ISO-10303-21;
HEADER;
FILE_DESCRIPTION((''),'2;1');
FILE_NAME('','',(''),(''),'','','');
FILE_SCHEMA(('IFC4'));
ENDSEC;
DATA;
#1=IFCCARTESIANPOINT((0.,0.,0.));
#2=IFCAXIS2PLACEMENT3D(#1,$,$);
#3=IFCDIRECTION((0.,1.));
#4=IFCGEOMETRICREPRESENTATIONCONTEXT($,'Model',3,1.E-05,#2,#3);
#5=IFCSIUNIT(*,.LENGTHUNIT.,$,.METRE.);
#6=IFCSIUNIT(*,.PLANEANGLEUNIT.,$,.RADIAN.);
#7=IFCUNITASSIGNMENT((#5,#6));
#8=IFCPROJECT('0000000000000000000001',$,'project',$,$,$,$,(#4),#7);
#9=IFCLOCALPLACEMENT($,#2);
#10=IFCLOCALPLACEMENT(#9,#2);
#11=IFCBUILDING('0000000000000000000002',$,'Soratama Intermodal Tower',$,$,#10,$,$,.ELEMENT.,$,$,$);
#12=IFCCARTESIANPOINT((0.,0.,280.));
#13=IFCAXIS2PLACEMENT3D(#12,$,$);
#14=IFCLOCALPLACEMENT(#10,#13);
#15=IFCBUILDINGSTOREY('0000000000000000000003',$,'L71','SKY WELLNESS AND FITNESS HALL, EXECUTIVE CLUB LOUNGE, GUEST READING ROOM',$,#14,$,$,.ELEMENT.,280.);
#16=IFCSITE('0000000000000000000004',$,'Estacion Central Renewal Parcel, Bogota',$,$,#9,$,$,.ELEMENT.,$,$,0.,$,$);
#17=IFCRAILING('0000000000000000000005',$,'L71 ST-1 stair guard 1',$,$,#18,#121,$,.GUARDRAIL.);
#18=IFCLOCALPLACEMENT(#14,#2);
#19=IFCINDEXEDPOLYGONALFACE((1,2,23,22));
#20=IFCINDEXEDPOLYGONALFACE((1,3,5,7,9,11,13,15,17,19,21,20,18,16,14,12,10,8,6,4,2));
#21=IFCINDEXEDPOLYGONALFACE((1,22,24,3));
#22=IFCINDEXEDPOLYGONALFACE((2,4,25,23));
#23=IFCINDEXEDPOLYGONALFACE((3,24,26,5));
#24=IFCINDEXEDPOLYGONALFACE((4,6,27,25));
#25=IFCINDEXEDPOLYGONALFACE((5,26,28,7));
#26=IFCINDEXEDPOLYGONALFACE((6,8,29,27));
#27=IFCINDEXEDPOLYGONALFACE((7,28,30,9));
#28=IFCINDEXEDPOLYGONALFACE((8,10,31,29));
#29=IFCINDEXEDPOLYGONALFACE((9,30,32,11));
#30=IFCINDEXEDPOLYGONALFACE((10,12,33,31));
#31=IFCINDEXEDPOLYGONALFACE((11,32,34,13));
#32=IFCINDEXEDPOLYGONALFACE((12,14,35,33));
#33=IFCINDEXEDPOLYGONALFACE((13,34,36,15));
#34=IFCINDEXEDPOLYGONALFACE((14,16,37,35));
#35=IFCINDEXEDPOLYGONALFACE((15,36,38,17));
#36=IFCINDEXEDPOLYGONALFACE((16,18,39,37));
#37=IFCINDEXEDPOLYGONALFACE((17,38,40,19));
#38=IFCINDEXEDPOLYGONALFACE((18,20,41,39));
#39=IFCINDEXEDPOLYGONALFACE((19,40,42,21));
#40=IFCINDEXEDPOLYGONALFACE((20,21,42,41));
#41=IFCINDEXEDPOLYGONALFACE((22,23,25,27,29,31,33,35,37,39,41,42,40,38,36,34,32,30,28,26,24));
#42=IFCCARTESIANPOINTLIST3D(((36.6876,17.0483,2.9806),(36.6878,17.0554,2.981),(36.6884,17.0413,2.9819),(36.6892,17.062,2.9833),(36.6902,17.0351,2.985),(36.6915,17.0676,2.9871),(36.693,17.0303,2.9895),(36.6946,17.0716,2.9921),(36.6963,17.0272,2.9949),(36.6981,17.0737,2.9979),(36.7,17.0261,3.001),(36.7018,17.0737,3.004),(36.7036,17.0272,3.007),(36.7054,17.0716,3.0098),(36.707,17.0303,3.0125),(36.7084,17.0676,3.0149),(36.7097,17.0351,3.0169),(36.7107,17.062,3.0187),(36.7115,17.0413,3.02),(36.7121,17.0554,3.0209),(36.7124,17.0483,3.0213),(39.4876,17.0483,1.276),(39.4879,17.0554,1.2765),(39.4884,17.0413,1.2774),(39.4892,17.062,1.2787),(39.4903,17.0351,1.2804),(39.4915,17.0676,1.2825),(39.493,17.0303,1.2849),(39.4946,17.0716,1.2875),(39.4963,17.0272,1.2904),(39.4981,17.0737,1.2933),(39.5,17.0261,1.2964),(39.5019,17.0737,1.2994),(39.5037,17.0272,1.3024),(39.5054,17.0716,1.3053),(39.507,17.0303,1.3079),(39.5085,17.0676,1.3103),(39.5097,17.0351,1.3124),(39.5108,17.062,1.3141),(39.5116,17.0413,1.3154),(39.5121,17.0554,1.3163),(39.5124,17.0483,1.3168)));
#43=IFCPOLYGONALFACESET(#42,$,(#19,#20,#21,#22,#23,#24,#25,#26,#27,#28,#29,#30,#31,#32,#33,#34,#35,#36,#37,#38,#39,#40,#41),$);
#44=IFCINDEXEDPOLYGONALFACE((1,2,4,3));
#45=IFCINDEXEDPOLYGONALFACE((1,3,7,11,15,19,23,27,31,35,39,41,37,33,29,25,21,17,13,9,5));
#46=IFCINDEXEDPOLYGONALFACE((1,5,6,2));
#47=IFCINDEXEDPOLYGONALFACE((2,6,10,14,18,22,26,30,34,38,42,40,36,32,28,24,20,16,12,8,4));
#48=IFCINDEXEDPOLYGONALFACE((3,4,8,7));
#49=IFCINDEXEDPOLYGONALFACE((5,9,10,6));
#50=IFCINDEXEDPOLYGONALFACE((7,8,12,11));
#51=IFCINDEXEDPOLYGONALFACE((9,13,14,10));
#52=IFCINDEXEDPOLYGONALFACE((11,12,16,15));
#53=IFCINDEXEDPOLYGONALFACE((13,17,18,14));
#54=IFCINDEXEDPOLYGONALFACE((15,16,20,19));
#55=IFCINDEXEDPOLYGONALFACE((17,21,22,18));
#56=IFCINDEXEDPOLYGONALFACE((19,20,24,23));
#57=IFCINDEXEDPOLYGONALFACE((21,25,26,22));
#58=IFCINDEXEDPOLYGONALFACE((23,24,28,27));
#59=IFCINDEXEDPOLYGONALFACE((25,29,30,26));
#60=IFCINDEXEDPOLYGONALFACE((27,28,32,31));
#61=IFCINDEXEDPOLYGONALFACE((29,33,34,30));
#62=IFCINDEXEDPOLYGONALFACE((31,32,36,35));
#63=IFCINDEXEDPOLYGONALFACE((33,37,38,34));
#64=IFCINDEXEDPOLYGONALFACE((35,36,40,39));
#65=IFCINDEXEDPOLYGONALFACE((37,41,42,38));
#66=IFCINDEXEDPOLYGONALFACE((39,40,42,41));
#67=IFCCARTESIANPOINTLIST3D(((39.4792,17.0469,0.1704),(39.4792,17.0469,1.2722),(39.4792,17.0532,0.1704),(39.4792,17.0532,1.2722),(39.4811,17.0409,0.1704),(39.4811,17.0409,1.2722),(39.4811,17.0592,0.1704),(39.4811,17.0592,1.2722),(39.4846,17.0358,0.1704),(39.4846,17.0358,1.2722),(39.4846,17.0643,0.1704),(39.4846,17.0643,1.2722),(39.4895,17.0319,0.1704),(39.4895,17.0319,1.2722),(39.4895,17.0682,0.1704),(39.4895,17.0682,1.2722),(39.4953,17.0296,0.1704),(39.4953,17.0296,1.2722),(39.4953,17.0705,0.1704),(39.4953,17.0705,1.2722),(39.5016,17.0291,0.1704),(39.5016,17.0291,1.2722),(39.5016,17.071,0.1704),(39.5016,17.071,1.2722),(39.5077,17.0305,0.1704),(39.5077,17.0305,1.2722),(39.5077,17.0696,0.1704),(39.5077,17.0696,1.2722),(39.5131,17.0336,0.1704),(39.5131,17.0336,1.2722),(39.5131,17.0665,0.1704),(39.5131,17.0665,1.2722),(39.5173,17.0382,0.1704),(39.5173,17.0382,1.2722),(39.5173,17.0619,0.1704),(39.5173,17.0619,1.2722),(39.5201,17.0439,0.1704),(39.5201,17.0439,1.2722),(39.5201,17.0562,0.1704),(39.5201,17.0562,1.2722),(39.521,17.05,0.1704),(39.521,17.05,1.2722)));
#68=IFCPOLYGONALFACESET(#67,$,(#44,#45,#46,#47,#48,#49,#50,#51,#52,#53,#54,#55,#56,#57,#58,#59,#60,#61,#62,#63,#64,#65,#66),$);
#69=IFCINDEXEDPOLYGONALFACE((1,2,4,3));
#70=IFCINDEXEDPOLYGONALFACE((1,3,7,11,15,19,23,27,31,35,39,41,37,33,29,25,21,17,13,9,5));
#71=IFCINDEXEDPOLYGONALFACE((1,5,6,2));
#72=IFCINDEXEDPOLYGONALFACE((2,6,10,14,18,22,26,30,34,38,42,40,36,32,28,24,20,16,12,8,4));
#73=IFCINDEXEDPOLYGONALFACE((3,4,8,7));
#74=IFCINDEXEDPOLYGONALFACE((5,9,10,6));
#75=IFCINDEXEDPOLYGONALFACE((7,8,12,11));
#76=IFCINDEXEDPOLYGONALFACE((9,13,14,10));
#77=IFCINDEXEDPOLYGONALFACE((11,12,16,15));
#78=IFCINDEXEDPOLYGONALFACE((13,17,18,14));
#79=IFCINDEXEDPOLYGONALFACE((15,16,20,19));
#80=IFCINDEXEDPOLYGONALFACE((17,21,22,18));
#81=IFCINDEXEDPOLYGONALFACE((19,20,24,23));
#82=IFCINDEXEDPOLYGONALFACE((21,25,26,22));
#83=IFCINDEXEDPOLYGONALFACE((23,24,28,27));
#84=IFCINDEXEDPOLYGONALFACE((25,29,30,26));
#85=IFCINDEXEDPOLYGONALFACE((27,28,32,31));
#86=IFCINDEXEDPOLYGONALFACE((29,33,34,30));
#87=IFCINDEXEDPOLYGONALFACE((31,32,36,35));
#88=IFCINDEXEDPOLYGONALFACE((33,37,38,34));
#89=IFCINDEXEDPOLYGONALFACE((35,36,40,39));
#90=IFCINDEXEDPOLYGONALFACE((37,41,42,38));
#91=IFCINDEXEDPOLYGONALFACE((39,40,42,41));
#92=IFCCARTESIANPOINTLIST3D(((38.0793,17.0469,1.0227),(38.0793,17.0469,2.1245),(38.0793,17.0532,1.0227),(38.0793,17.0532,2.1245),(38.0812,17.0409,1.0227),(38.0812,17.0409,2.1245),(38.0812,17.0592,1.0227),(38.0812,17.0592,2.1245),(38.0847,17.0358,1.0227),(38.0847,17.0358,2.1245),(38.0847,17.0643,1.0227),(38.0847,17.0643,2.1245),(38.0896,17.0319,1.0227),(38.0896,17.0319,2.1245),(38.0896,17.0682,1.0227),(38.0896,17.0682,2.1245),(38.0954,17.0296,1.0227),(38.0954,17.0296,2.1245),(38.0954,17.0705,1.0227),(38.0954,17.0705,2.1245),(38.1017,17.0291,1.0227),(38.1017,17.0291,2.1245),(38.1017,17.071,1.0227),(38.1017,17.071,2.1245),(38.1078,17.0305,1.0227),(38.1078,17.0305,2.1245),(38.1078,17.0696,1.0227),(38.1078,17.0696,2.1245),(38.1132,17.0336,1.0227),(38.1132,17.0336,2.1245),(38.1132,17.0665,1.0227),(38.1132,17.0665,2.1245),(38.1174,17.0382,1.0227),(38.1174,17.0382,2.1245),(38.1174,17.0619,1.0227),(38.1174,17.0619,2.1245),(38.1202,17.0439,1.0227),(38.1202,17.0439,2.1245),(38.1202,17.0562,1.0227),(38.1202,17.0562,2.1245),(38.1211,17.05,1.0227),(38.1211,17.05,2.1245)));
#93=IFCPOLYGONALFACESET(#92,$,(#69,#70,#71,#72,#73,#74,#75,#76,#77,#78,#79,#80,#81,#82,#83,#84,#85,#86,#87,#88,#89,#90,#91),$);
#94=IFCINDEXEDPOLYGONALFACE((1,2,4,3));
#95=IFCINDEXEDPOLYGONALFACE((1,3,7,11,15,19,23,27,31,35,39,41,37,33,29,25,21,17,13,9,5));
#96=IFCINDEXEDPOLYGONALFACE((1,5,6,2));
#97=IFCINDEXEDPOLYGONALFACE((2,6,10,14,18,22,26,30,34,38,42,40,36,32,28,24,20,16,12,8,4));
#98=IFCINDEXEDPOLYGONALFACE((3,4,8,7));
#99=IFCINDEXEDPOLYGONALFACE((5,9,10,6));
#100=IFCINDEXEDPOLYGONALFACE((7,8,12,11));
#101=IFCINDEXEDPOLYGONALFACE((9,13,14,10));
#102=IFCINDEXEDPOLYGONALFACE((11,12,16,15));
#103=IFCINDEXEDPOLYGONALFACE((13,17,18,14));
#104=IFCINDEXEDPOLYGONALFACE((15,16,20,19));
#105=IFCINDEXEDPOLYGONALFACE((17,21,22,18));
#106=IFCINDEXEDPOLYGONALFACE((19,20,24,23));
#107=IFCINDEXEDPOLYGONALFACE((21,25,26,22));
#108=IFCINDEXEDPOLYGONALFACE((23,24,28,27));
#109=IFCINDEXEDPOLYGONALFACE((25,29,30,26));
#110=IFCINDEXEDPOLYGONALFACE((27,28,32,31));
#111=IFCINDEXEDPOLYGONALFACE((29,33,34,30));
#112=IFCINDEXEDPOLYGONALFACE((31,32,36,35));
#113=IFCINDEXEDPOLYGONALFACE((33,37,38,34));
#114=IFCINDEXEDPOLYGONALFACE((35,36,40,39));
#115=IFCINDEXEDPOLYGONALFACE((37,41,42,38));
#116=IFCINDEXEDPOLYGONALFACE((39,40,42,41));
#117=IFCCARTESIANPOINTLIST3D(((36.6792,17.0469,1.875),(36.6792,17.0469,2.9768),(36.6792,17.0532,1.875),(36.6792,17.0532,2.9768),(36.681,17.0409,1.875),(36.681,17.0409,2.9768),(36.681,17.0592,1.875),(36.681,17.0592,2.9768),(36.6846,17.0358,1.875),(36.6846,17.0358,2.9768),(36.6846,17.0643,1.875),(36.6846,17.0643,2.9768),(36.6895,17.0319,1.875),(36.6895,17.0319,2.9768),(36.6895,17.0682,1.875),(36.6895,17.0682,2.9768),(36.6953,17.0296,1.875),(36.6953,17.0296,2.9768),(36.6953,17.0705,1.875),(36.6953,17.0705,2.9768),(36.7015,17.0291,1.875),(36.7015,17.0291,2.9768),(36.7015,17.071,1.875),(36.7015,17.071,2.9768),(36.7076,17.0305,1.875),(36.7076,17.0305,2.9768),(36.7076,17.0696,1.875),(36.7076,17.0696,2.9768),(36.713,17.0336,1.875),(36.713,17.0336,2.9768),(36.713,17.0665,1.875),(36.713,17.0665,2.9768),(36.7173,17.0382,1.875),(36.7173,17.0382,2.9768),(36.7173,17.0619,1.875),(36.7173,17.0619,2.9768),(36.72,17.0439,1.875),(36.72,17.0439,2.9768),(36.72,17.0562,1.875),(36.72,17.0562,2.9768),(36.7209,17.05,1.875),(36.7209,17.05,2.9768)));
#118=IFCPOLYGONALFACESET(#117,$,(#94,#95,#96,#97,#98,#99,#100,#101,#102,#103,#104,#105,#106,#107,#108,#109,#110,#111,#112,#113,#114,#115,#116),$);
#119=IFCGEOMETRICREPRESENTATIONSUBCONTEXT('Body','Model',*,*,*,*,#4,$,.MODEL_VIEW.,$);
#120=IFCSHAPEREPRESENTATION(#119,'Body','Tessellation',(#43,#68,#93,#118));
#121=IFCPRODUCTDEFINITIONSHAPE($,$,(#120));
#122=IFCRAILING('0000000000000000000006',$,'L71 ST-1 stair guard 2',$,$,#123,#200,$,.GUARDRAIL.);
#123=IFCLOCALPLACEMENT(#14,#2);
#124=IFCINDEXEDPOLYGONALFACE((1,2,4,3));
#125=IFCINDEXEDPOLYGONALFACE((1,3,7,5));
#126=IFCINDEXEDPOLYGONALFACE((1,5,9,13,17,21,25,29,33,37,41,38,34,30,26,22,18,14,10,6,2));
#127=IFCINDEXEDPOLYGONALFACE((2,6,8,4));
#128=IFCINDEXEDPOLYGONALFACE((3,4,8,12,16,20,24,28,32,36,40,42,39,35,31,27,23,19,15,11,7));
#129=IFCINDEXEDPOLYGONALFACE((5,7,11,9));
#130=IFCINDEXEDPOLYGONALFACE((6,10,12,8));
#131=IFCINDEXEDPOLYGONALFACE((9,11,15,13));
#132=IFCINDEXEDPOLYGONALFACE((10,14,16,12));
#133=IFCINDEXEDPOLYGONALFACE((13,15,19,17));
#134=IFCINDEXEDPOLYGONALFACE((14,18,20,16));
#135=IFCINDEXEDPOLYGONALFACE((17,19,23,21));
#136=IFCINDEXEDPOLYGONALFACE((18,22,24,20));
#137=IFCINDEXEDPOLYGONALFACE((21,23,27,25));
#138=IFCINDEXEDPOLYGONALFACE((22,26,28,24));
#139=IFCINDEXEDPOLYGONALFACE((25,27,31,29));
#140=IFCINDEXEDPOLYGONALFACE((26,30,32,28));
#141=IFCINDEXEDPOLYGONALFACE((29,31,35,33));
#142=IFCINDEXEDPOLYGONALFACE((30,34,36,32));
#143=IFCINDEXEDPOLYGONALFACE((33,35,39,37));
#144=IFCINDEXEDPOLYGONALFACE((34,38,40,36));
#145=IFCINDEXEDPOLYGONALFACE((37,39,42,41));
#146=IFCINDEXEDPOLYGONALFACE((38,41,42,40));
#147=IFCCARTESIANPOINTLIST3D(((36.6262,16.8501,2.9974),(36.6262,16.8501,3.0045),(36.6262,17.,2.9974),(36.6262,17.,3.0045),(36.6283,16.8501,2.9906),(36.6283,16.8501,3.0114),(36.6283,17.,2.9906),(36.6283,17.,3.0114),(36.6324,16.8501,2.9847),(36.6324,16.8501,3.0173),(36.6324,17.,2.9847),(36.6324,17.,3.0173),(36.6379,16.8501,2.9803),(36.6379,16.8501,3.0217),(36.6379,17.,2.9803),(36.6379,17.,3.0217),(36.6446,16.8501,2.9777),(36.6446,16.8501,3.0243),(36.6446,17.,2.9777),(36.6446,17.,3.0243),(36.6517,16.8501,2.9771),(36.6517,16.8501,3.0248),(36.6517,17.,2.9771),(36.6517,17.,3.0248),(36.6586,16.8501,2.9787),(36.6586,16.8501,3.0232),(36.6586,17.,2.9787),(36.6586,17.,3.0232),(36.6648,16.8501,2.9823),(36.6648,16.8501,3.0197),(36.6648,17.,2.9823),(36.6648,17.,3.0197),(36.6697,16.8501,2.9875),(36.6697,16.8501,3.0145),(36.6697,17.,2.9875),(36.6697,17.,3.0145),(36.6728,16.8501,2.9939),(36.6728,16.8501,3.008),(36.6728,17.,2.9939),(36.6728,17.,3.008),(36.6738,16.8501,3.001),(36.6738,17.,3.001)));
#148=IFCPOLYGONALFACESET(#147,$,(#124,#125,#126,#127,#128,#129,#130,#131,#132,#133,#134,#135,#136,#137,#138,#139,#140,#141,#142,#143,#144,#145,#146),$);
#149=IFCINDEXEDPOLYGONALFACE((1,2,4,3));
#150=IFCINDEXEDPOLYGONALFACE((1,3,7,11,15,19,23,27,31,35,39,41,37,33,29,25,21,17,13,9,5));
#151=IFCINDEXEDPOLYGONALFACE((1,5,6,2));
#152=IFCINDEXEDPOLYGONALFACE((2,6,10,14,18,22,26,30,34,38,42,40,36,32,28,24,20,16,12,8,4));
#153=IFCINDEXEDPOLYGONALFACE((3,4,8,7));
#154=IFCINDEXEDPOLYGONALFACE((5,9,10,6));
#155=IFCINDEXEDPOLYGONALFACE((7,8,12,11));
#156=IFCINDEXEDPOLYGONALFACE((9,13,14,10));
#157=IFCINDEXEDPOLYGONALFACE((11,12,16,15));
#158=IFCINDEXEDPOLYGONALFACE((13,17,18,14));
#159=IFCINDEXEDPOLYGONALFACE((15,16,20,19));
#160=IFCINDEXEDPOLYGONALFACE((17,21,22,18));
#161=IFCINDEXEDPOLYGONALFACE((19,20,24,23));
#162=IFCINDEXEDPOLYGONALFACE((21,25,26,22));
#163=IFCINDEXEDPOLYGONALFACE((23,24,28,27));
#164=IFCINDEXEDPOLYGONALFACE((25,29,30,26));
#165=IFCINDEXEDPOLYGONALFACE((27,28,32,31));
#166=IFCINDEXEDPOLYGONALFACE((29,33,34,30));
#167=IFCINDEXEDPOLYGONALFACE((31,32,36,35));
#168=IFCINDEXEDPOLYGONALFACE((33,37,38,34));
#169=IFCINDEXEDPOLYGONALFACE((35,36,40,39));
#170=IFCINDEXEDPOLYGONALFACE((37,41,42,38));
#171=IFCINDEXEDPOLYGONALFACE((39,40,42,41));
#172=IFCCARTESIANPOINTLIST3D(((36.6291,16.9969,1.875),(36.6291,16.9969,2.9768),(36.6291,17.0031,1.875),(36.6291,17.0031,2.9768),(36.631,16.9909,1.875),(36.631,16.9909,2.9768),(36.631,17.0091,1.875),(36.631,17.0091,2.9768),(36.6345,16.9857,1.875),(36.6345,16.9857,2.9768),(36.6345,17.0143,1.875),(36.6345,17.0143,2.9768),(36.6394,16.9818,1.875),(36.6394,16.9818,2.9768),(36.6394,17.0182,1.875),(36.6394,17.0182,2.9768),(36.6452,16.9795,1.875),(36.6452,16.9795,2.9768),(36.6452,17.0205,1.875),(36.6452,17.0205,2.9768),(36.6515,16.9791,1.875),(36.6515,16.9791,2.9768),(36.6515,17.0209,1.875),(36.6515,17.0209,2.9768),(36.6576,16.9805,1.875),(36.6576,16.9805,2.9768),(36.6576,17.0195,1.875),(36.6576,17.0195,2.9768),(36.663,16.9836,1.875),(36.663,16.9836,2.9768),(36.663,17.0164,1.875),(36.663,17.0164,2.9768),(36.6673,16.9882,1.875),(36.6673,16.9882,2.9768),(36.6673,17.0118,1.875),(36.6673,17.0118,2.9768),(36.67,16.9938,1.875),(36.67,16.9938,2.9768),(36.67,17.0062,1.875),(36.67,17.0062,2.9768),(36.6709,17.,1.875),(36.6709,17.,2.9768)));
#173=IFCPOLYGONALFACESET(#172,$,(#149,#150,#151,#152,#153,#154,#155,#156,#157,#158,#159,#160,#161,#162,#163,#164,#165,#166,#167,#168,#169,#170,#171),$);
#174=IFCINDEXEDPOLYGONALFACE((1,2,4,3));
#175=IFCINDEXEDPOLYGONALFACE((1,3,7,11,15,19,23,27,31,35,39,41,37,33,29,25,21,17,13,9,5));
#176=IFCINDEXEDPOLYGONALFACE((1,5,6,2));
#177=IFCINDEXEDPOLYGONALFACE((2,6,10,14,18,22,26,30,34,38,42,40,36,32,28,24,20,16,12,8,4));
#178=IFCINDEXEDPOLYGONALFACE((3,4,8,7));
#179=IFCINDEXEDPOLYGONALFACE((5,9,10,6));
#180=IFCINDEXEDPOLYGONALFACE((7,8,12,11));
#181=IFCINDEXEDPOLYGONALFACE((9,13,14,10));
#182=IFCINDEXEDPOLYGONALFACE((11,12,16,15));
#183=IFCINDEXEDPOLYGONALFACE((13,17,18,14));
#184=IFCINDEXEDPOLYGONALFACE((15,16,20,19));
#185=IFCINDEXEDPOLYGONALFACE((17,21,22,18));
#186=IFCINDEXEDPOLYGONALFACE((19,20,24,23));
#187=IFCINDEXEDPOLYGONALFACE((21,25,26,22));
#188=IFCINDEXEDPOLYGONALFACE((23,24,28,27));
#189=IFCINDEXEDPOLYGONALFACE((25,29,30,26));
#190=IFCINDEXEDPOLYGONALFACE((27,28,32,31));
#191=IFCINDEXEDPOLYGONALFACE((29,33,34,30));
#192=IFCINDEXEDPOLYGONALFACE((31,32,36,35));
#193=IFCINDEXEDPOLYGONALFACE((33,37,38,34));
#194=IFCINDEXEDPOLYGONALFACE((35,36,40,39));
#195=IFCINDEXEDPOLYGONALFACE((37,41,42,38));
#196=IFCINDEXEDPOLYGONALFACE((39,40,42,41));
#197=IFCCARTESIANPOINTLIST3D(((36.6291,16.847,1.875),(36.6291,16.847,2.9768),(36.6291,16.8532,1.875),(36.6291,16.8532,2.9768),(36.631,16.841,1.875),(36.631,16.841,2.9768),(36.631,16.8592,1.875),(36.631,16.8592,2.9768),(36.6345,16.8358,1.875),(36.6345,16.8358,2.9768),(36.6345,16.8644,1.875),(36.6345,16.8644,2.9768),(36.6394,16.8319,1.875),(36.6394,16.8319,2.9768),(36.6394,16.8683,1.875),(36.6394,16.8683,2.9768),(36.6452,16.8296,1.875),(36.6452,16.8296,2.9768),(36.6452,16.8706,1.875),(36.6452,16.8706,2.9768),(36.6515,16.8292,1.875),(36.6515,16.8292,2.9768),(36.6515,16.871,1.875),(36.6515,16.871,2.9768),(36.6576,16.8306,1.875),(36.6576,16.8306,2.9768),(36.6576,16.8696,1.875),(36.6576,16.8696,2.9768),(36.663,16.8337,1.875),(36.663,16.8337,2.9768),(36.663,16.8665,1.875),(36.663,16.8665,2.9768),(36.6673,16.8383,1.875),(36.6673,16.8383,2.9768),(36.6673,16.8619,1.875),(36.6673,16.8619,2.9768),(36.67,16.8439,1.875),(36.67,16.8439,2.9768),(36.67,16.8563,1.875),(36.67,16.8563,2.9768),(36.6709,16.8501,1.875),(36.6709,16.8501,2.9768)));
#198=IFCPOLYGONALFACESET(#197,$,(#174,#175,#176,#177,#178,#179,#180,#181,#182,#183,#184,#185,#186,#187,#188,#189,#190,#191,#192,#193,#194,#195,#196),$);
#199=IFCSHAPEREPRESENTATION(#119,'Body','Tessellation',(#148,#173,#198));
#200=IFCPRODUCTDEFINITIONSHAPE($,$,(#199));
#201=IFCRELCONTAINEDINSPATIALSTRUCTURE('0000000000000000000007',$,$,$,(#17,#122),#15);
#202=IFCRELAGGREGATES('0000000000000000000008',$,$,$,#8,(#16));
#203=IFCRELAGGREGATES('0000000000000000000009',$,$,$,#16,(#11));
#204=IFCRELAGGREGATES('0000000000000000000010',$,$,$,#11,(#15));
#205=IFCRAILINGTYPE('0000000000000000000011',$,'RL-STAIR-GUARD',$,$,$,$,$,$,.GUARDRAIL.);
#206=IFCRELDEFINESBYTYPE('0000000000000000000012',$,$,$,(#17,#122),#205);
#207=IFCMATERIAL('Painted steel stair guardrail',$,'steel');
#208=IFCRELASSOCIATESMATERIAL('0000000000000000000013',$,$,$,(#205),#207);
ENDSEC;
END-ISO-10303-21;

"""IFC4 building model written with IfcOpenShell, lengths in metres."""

from ifc_helpers import new_model, si_unit, direction, frame, origin, origin_2d, place, context, subcontext, project, spatial, circle, extrude, material, type_object, element, save


model = new_model("IFC4")

# Units and contexts
model_context = context("Model", 3, precision=1e-05, world=origin(), true_north=direction((0.0, 1.0)))
body_context = subcontext(model_context, "Body", "Model", "MODEL_VIEW")
ifc_project = project(units=[si_unit("LENGTHUNIT", "METRE"), si_unit("PLANEANGLEUNIT", "RADIAN")], contexts=[model_context])

# Site, building, storey
site_placement = place(None, origin())
site = spatial("IfcSite", under=ifc_project, at=site_placement, Name="Estacion Central Renewal Parcel, Bogota", CompositionType="ELEMENT", RefElevation=0.0)
building_placement = place(site_placement, origin())
building = spatial("IfcBuilding", under=site, at=building_placement, Name="Soratama Intermodal Tower", CompositionType="ELEMENT")
storey_placement = place(building_placement, frame((0.0, 0.0, 280.0)))
storey = spatial("IfcBuildingStorey", under=building, at=storey_placement, Name="L71", Description="SKY WELLNESS AND FITNESS HALL, EXECUTIVE CLUB LOUNGE, GUEST READING ROOM", CompositionType="ELEMENT", Elevation=280.0)

# Railings
ifc_material_1 = material(Name="Painted steel stair guardrail", Category="steel")
railing_type_1 = type_object("IfcRailingType", Name="RL-STAIR-GUARD", PredefinedType="GUARDRAIL", material=ifc_material_1)
railing_1_placement = place(storey_placement, frame((39.5, 17.05, 0.1704)))
element("IfcRailing", 1, at=railing_1_placement, inside=storey, type_object=railing_type_1, Name="L71 ST-1 stair guard 1", PredefinedType="GUARDRAIL", context=body_context, shape_type="SweptSolid", body=[
    extrude(circle(Radius=0.0239, at=origin_2d()), frame((0.0, 0.0, 1.126), z_axis=(-0.85417, 0.0, 0.519994), x_axis=(0.0, -1.0, 0.0)), (0.0, 0.0, 1.0), 3.2781),
    extrude(circle(Radius=0.021, at=origin_2d()), origin(), (0.0, 0.0, 1.0), 1.1018),
    extrude(circle(Radius=0.021, at=origin_2d()), frame((-1.3999, 0.0, 0.8523)), (0.0, 0.0, 1.0), 1.1018),
    extrude(circle(Radius=0.021, at=origin_2d()), frame((-2.8, 0.0, 1.7046)), (0.0, 0.0, 1.0), 1.1018),
])
railing_2_placement = place(storey_placement, frame((36.6499, 17.0, 1.875)))
element("IfcRailing", 2, at=railing_2_placement, inside=storey, type_object=railing_type_1, Name="L71 ST-1 stair guard 2", PredefinedType="GUARDRAIL", context=body_context, shape_type="SweptSolid", body=[
    extrude(circle(Radius=0.0239, at=origin_2d()), frame((0.0, 0.0, 1.126), z_axis=(0.0, -1.0, 0.0), x_axis=(1.0, 0.0, 0.0)), (0.0, 0.0, 1.0), 0.1499),
    extrude(circle(Radius=0.021, at=origin_2d()), origin(), (0.0, 0.0, 1.0), 1.1018),
    extrude(circle(Radius=0.021, at=origin_2d()), frame((0.0, -0.1499, 0.0)), (0.0, 0.0, 1.0), 1.1018),
])

save(model, "model.ifc")
